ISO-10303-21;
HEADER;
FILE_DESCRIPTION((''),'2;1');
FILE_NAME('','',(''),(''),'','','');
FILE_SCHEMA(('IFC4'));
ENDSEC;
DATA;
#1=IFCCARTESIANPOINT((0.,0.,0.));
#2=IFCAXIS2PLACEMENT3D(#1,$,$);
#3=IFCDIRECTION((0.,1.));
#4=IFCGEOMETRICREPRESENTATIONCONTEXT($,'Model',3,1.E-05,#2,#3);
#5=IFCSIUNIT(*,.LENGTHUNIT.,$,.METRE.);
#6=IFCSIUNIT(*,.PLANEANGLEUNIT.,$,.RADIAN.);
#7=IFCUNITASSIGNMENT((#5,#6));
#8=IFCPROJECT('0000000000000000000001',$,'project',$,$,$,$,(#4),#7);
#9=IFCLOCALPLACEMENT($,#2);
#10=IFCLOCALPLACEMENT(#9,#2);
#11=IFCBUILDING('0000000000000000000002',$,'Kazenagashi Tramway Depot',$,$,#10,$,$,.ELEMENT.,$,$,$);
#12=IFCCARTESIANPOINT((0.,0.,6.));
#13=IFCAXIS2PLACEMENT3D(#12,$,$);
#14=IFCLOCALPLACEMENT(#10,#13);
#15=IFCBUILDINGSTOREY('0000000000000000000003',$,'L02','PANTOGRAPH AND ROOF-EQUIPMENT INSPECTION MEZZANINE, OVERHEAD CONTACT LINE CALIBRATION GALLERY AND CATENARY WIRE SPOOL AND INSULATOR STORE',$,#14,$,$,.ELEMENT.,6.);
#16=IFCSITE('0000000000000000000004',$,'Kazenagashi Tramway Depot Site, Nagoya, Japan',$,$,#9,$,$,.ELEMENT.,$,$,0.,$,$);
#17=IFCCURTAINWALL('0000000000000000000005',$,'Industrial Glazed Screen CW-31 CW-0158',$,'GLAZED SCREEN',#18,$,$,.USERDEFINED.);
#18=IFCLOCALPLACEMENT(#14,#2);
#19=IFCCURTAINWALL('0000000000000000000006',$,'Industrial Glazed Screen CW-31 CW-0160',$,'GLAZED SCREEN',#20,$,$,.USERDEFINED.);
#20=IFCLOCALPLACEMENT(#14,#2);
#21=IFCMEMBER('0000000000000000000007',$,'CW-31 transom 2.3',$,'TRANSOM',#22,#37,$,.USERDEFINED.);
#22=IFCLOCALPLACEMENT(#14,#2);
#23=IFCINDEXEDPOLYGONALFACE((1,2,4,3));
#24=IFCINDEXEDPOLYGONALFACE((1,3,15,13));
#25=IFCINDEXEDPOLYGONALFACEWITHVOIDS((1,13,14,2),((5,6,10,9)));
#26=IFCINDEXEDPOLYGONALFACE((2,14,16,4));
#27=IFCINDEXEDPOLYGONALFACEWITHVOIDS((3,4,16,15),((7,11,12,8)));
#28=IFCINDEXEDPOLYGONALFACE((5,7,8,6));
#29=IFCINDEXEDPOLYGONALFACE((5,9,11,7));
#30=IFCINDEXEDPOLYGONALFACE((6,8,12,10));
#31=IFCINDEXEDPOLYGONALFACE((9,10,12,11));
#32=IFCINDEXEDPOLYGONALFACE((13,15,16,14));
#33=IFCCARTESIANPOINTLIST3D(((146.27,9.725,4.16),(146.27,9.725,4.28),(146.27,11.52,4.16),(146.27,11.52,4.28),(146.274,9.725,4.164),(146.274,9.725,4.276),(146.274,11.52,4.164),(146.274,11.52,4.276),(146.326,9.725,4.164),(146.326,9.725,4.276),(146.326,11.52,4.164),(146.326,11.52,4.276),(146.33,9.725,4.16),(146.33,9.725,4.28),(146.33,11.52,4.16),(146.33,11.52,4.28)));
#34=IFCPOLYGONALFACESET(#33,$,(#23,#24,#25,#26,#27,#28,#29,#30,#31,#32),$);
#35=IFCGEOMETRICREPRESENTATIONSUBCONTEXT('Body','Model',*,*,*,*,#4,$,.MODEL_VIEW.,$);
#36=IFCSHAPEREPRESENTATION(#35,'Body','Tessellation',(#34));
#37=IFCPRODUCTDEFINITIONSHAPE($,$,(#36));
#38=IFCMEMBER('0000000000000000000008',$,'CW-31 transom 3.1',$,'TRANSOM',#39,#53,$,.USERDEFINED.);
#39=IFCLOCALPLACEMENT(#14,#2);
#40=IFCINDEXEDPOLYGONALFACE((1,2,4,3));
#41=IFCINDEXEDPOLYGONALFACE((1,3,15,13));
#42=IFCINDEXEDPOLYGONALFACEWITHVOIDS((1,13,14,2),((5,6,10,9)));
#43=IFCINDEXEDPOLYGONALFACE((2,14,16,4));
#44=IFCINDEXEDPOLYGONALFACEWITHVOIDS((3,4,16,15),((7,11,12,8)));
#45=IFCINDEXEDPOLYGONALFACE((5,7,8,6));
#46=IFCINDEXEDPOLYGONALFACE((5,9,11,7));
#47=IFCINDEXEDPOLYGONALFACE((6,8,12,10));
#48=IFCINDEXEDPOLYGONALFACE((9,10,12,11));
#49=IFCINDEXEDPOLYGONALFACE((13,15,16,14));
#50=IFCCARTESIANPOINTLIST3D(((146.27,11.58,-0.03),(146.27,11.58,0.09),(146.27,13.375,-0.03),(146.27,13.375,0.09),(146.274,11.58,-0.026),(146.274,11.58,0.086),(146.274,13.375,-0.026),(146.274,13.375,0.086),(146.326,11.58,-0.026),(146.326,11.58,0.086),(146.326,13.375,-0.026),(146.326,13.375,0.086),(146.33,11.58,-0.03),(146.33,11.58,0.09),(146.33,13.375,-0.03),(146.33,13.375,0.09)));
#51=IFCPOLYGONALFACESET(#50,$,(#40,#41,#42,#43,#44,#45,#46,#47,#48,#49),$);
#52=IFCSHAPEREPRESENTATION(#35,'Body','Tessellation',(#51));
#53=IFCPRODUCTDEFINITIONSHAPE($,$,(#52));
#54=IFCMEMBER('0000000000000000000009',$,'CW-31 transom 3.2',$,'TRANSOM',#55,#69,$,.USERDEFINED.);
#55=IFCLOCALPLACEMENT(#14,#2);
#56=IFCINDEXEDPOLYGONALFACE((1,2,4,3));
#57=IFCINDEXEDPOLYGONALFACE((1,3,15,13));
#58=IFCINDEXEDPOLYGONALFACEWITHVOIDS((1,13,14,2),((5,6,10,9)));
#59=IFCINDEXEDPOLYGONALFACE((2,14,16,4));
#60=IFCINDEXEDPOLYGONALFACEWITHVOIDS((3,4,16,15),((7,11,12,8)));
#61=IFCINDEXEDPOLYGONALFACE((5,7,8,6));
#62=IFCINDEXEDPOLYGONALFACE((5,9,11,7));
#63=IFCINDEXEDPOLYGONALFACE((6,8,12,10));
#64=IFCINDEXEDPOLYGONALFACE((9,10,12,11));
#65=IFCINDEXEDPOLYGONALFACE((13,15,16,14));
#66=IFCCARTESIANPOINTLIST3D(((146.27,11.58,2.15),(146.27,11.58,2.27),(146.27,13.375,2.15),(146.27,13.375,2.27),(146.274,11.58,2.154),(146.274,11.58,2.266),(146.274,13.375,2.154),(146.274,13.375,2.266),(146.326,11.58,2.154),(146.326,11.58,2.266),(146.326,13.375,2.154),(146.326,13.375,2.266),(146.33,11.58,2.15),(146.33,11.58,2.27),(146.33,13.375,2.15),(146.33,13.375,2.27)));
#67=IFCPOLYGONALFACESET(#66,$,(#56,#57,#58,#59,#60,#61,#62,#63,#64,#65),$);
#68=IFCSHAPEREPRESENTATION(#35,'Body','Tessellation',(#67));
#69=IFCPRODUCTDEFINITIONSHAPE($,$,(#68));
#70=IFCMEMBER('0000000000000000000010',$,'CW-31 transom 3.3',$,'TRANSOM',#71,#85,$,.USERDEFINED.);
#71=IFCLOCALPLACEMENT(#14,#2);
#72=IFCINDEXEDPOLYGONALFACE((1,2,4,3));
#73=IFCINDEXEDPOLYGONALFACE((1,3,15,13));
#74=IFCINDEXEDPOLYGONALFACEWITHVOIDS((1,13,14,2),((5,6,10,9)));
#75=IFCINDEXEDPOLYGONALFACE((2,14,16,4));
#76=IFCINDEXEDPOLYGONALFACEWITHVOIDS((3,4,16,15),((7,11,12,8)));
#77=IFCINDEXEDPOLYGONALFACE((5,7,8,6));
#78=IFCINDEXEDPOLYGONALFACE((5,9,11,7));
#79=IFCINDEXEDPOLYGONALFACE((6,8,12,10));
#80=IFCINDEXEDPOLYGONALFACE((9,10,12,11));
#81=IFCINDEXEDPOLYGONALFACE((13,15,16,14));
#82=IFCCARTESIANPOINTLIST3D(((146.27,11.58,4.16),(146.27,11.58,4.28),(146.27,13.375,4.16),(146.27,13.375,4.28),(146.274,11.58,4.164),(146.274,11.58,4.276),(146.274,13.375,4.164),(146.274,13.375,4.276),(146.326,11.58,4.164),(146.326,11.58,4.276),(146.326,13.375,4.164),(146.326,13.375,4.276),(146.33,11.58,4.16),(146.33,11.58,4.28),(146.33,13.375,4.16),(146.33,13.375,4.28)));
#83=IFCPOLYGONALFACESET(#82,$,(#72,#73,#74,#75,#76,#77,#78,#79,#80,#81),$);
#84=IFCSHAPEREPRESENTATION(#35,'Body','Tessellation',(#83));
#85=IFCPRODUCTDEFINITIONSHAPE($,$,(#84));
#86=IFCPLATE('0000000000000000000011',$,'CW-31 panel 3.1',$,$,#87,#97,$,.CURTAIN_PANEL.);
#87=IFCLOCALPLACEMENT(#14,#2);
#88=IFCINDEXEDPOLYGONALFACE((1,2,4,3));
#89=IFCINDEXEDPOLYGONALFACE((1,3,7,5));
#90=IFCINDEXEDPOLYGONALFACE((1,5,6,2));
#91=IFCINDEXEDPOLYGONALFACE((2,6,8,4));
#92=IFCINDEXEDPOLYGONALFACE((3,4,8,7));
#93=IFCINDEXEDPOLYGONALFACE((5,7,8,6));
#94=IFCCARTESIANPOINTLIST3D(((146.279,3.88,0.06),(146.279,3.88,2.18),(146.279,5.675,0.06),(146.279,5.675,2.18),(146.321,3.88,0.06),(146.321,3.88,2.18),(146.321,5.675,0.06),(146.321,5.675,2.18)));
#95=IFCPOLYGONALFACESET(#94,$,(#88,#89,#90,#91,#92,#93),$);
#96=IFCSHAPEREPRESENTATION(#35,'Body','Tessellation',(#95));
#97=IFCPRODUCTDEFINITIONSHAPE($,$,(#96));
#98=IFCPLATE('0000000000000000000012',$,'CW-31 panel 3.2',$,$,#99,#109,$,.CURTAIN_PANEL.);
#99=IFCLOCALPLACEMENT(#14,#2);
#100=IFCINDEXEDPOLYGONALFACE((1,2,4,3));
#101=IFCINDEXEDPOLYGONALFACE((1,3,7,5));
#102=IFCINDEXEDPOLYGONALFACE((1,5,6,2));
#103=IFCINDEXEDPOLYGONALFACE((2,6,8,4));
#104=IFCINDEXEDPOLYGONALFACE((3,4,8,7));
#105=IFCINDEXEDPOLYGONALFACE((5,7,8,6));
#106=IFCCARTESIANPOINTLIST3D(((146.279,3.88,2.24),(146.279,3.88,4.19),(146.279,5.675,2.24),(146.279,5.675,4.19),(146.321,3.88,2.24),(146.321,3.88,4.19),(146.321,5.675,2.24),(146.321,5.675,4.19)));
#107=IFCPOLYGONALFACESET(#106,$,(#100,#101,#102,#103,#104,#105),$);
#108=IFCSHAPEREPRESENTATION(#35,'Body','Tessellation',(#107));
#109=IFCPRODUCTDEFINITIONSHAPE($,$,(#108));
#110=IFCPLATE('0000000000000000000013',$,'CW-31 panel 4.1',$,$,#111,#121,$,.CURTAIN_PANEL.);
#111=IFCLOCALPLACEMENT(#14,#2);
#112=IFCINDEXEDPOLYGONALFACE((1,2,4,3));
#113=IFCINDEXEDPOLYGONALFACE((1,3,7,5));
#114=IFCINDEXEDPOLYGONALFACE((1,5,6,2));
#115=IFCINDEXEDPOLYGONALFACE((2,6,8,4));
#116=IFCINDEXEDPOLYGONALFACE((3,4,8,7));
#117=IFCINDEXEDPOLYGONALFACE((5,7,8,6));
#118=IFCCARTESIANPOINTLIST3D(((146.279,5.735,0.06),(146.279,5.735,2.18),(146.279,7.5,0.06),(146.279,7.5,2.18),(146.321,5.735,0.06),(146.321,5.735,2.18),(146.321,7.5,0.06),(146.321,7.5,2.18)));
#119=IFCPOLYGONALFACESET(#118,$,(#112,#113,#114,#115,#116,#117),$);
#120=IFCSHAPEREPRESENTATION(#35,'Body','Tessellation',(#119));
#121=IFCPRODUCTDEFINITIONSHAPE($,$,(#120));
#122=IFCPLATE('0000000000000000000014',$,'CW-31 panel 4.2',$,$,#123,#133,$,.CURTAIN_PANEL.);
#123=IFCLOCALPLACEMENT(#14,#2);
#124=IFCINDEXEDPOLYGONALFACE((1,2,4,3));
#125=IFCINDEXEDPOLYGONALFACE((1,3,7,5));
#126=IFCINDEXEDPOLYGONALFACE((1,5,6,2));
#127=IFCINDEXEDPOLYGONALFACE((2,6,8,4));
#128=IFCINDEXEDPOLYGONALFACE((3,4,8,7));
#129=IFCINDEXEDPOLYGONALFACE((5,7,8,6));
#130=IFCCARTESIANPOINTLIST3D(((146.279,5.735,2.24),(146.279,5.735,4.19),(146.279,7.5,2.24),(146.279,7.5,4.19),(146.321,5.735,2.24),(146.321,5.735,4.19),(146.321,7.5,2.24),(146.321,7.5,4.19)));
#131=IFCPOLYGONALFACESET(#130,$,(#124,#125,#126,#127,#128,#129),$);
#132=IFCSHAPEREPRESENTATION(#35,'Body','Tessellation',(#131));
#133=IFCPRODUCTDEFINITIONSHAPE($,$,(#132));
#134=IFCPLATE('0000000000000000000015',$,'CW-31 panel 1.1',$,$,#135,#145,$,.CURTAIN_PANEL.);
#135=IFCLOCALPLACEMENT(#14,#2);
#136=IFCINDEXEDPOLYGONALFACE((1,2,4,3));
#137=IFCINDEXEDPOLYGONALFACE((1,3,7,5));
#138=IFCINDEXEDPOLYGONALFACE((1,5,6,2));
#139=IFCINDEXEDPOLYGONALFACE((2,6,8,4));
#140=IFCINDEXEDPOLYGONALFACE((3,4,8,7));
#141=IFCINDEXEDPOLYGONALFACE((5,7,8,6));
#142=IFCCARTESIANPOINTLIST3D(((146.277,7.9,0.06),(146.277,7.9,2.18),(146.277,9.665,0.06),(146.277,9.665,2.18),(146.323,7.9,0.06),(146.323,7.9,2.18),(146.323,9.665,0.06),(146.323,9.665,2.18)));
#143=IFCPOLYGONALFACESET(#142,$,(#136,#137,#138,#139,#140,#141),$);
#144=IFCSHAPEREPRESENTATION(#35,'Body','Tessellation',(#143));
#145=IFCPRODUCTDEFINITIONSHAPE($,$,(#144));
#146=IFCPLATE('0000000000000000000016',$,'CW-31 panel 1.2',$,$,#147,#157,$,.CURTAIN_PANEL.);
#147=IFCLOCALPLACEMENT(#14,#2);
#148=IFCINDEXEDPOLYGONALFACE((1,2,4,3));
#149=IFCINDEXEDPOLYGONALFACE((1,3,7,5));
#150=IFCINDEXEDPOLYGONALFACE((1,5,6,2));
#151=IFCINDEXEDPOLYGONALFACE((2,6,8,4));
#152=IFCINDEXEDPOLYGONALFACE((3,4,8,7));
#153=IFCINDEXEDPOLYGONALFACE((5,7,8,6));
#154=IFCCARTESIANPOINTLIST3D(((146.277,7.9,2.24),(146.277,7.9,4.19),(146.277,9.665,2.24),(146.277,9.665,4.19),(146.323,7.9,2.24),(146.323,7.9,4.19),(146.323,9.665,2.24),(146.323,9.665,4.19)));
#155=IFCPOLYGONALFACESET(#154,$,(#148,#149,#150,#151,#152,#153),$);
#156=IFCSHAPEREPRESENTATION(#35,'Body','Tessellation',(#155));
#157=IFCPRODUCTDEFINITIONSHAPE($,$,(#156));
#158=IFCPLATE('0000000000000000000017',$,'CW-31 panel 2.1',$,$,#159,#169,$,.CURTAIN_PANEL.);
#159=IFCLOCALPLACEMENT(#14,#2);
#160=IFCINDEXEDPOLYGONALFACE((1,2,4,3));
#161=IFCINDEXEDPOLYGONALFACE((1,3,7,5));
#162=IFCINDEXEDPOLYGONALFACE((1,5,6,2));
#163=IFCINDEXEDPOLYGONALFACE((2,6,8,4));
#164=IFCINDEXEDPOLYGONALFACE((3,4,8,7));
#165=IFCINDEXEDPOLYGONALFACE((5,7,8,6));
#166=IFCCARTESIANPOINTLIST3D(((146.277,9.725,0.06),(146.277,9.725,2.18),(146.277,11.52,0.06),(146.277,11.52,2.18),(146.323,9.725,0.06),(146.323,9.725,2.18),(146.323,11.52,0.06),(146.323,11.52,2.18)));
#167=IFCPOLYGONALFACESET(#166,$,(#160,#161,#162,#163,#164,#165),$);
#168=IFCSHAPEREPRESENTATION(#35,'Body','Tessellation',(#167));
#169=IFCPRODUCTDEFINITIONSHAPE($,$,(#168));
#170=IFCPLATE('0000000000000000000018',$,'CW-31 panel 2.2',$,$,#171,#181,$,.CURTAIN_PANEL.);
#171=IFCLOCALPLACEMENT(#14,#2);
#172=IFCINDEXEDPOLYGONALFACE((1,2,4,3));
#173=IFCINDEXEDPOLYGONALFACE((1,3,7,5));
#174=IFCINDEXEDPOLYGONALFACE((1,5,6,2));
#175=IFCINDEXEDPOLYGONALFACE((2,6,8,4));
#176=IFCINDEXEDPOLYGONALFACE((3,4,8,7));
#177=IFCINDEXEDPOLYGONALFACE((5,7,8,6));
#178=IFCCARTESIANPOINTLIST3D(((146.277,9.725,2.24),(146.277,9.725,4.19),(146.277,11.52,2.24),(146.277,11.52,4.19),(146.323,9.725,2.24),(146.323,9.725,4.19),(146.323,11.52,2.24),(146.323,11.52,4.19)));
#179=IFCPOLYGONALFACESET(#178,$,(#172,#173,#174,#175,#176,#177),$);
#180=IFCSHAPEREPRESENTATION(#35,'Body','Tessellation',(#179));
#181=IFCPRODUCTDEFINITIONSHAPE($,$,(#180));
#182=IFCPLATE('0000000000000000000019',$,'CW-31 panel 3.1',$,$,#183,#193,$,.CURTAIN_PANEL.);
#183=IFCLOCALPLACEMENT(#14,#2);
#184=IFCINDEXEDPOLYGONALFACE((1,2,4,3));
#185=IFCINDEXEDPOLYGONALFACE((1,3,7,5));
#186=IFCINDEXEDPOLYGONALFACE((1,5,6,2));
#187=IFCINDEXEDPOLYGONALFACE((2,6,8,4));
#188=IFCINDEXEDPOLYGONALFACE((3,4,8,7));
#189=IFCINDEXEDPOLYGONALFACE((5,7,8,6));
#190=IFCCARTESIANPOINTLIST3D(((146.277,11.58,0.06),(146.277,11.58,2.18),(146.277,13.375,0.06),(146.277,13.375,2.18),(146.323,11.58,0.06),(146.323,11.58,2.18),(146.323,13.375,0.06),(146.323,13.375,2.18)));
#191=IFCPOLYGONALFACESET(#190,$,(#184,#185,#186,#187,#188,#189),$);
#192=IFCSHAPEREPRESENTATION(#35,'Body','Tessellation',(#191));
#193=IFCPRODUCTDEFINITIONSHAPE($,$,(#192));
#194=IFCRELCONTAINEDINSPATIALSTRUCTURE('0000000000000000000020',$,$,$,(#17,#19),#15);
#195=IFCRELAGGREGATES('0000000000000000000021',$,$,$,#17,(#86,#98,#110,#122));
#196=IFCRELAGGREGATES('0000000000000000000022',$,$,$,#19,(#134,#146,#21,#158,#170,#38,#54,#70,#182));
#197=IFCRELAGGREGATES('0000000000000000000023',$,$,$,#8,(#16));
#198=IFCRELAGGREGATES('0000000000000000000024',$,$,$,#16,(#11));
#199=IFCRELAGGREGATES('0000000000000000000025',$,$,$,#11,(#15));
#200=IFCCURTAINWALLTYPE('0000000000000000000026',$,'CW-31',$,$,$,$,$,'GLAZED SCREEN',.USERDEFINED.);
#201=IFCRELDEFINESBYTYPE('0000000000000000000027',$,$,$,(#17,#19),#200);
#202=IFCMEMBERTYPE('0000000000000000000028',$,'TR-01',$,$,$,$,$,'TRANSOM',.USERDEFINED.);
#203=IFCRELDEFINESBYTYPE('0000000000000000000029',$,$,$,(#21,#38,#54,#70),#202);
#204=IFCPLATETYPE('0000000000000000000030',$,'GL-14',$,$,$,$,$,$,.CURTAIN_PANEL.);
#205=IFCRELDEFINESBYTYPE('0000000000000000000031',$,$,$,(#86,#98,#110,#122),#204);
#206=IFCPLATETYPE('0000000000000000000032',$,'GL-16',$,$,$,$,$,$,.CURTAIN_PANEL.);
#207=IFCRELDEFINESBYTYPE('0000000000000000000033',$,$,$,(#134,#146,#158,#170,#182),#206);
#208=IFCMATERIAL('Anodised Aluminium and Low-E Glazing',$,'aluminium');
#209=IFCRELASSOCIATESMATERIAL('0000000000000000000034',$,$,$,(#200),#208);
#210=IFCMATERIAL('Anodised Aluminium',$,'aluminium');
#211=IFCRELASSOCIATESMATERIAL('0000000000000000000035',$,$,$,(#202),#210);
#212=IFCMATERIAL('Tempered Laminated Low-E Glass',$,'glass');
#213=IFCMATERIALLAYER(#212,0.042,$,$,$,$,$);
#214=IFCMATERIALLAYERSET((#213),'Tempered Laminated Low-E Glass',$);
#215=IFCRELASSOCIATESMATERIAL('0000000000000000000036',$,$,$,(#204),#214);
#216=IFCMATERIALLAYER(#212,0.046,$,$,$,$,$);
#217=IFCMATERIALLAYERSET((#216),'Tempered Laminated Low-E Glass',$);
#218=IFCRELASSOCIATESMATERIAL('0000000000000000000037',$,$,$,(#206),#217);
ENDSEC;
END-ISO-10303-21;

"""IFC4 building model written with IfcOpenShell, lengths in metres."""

from ifc_helpers import new_model, si_unit, direction, frame, origin, origin_2d, place, context, subcontext, project, spatial, rectangle, hollow_rectangle, extrude, material, layer, layer_set, material_profile, profile_set, type_object, element, aggregate, save


model = new_model("IFC4")

# Units and contexts
model_context = context("Model", 3, precision=1e-05, world=origin(), true_north=direction((0.0, 1.0)))
body_context = subcontext(model_context, "Body", "Model", "MODEL_VIEW")
ifc_project = project(units=[si_unit("LENGTHUNIT", "METRE"), si_unit("PLANEANGLEUNIT", "RADIAN")], contexts=[model_context])

# Site, building, storey
site_placement = place(None, origin())
site = spatial("IfcSite", under=ifc_project, at=site_placement, Name="Kazenagashi Tramway Depot Site, Nagoya, Japan", CompositionType="ELEMENT", RefElevation=0.0)
building_placement = place(site_placement, origin())
building = spatial("IfcBuilding", under=site, at=building_placement, Name="Kazenagashi Tramway Depot", CompositionType="ELEMENT")
storey_placement = place(building_placement, frame((0.0, 0.0, 6.0)))
storey = spatial("IfcBuildingStorey", under=building, at=storey_placement, Name="L02", Description="PANTOGRAPH AND ROOF-EQUIPMENT INSPECTION MEZZANINE, OVERHEAD CONTACT LINE CALIBRATION GALLERY AND CATENARY WIRE SPOOL AND INSULATOR STORE", CompositionType="ELEMENT", Elevation=6.0)

# Curtain walls
ifc_material_1 = material(Name="Anodised Aluminium and Low-E Glazing", Category="aluminium")
curtain_wall_type = type_object("IfcCurtainWallType", Name="CW-31", ElementType="GLAZED SCREEN", PredefinedType="USERDEFINED", material=ifc_material_1)
curtain_wall_1_placement = place(storey_placement, origin())
curtain_wall_1 = element("IfcCurtainWall", 1, at=curtain_wall_1_placement, inside=storey, type_object=curtain_wall_type, Name="Industrial Glazed Screen CW-31 CW-0158", ObjectType="GLAZED SCREEN", PredefinedType="USERDEFINED")
ifc_material_2 = material(Name="Anodised Aluminium", Category="aluminium")
curtain_wall_2_placement = place(storey_placement, origin())
curtain_wall_2 = element("IfcCurtainWall", 2, at=curtain_wall_2_placement, inside=storey, type_object=curtain_wall_type, Name="Industrial Glazed Screen CW-31 CW-0160", ObjectType="GLAZED SCREEN", PredefinedType="USERDEFINED")

# Members
ifc_material_profile_1 = material_profile(ifc_material_2, hollow_rectangle(XDim=0.06, YDim=0.12, WallThickness=0.004, at=origin_2d()), Name="RHS-120x60x4")
ifc_profile_set_1 = profile_set([ifc_material_profile_1], Name="Anodised Aluminium")
member_type_1 = type_object("IfcMemberType", Name="TR-01", ElementType="TRANSOM", PredefinedType="USERDEFINED", material=ifc_profile_set_1)
member_1_placement = place(storey_placement, frame((146.3, 9.725, 4.22), z_axis=(0.0, 1.0, 0.0), x_axis=(-1.0, 0.0, 0.0)))
member_1 = element("IfcMember", 3, at=member_1_placement, type_object=member_type_1, Name="CW-31 transom 2.3", ObjectType="TRANSOM", PredefinedType="USERDEFINED", context=body_context, shape_type="SweptSolid", body=[
    extrude(hollow_rectangle(XDim=0.06, YDim=0.12, WallThickness=0.004, at=origin_2d()), origin(), (0.0, 0.0, 1.0), 1.795),
])
member_2_placement = place(storey_placement, frame((146.3, 11.58, 0.03), z_axis=(0.0, 1.0, 0.0), x_axis=(-1.0, 0.0, 0.0)))
member_2 = element("IfcMember", 4, at=member_2_placement, type_object=member_type_1, Name="CW-31 transom 3.1", ObjectType="TRANSOM", PredefinedType="USERDEFINED", context=body_context, shape_type="SweptSolid", body=[
    extrude(hollow_rectangle(XDim=0.06, YDim=0.12, WallThickness=0.004, at=origin_2d()), origin(), (0.0, 0.0, 1.0), 1.795),
])
member_3_placement = place(storey_placement, frame((146.3, 11.58, 2.21), z_axis=(0.0, 1.0, 0.0), x_axis=(-1.0, 0.0, 0.0)))
member_3 = element("IfcMember", 5, at=member_3_placement, type_object=member_type_1, Name="CW-31 transom 3.2", ObjectType="TRANSOM", PredefinedType="USERDEFINED", context=body_context, shape_type="SweptSolid", body=[
    extrude(hollow_rectangle(XDim=0.06, YDim=0.12, WallThickness=0.004, at=origin_2d()), origin(), (0.0, 0.0, 1.0), 1.795),
])
member_4_placement = place(storey_placement, frame((146.3, 11.58, 4.22), z_axis=(0.0, 1.0, 0.0), x_axis=(-1.0, 0.0, 0.0)))
member_4 = element("IfcMember", 6, at=member_4_placement, type_object=member_type_1, Name="CW-31 transom 3.3", ObjectType="TRANSOM", PredefinedType="USERDEFINED", context=body_context, shape_type="SweptSolid", body=[
    extrude(hollow_rectangle(XDim=0.06, YDim=0.12, WallThickness=0.004, at=origin_2d()), origin(), (0.0, 0.0, 1.0), 1.795),
])

# Plates
ifc_material_3 = material(Name="Tempered Laminated Low-E Glass", Category="glass")
ifc_layer_1 = layer(ifc_material_3, 0.042)
ifc_layer_set_1 = layer_set([ifc_layer_1], Name="Tempered Laminated Low-E Glass")
plate_type_1 = type_object("IfcPlateType", Name="GL-14", PredefinedType="CURTAIN_PANEL", material=ifc_layer_set_1)
plate_1_placement = place(storey_placement, frame((146.3, 4.7775, 0.06), z_axis=(0.0, 0.0, 1.0), x_axis=(0.0, 1.0, 0.0)))
plate_1 = element("IfcPlate", 7, at=plate_1_placement, type_object=plate_type_1, Name="CW-31 panel 3.1", PredefinedType="CURTAIN_PANEL", context=body_context, shape_type="SweptSolid", body=[
    extrude(rectangle(XDim=1.795, YDim=0.042, at=origin_2d()), origin(), (0.0, 0.0, 1.0), 2.12),
])
plate_2_placement = place(storey_placement, frame((146.3, 4.7775, 2.24), z_axis=(0.0, 0.0, 1.0), x_axis=(0.0, 1.0, 0.0)))
plate_2 = element("IfcPlate", 8, at=plate_2_placement, type_object=plate_type_1, Name="CW-31 panel 3.2", PredefinedType="CURTAIN_PANEL", context=body_context, shape_type="SweptSolid", body=[
    extrude(rectangle(XDim=1.795, YDim=0.042, at=origin_2d()), origin(), (0.0, 0.0, 1.0), 1.95),
])
plate_3_placement = place(storey_placement, frame((146.3, 6.6175, 0.06), z_axis=(0.0, 0.0, 1.0), x_axis=(0.0, 1.0, 0.0)))
plate_3 = element("IfcPlate", 9, at=plate_3_placement, type_object=plate_type_1, Name="CW-31 panel 4.1", PredefinedType="CURTAIN_PANEL", context=body_context, shape_type="SweptSolid", body=[
    extrude(rectangle(XDim=1.765, YDim=0.042, at=origin_2d()), origin(), (0.0, 0.0, 1.0), 2.12),
])
plate_4_placement = place(storey_placement, frame((146.3, 6.6175, 2.24), z_axis=(0.0, 0.0, 1.0), x_axis=(0.0, 1.0, 0.0)))
plate_4 = element("IfcPlate", 10, at=plate_4_placement, type_object=plate_type_1, Name="CW-31 panel 4.2", PredefinedType="CURTAIN_PANEL", context=body_context, shape_type="SweptSolid", body=[
    extrude(rectangle(XDim=1.765, YDim=0.042, at=origin_2d()), origin(), (0.0, 0.0, 1.0), 1.95),
])
aggregate(curtain_wall_1, [plate_1, plate_2, plate_3, plate_4])
ifc_layer_2 = layer(ifc_material_3, 0.046)
ifc_layer_set_2 = layer_set([ifc_layer_2], Name="Tempered Laminated Low-E Glass")
plate_type_2 = type_object("IfcPlateType", Name="GL-16", PredefinedType="CURTAIN_PANEL", material=ifc_layer_set_2)
plate_5_placement = place(storey_placement, frame((146.3, 8.7825, 0.06), z_axis=(0.0, 0.0, 1.0), x_axis=(0.0, 1.0, 0.0)))
plate_5 = element("IfcPlate", 11, at=plate_5_placement, type_object=plate_type_2, Name="CW-31 panel 1.1", PredefinedType="CURTAIN_PANEL", context=body_context, shape_type="SweptSolid", body=[
    extrude(rectangle(XDim=1.765, YDim=0.046, at=origin_2d()), origin(), (0.0, 0.0, 1.0), 2.12),
])
plate_6_placement = place(storey_placement, frame((146.3, 8.7825, 2.24), z_axis=(0.0, 0.0, 1.0), x_axis=(0.0, 1.0, 0.0)))
plate_6 = element("IfcPlate", 12, at=plate_6_placement, type_object=plate_type_2, Name="CW-31 panel 1.2", PredefinedType="CURTAIN_PANEL", context=body_context, shape_type="SweptSolid", body=[
    extrude(rectangle(XDim=1.765, YDim=0.046, at=origin_2d()), origin(), (0.0, 0.0, 1.0), 1.95),
])
plate_7_placement = place(storey_placement, frame((146.3, 10.6225, 0.06), z_axis=(0.0, 0.0, 1.0), x_axis=(0.0, 1.0, 0.0)))
plate_7 = element("IfcPlate", 13, at=plate_7_placement, type_object=plate_type_2, Name="CW-31 panel 2.1", PredefinedType="CURTAIN_PANEL", context=body_context, shape_type="SweptSolid", body=[
    extrude(rectangle(XDim=1.795, YDim=0.046, at=origin_2d()), origin(), (0.0, 0.0, 1.0), 2.12),
])
plate_8_placement = place(storey_placement, frame((146.3, 10.6225, 2.24), z_axis=(0.0, 0.0, 1.0), x_axis=(0.0, 1.0, 0.0)))
plate_8 = element("IfcPlate", 14, at=plate_8_placement, type_object=plate_type_2, Name="CW-31 panel 2.2", PredefinedType="CURTAIN_PANEL", context=body_context, shape_type="SweptSolid", body=[
    extrude(rectangle(XDim=1.795, YDim=0.046, at=origin_2d()), origin(), (0.0, 0.0, 1.0), 1.95),
])
plate_9_placement = place(storey_placement, frame((146.3, 12.4775, 0.06), z_axis=(0.0, 0.0, 1.0), x_axis=(0.0, 1.0, 0.0)))
plate_9 = element("IfcPlate", 15, at=plate_9_placement, type_object=plate_type_2, Name="CW-31 panel 3.1", PredefinedType="CURTAIN_PANEL", context=body_context, shape_type="SweptSolid", body=[
    extrude(rectangle(XDim=1.795, YDim=0.046, at=origin_2d()), origin(), (0.0, 0.0, 1.0), 2.12),
])
aggregate(curtain_wall_2, [plate_5, plate_6, member_1, plate_7, plate_8, member_2, member_3, member_4, plate_9])

save(model, "model.ifc")
